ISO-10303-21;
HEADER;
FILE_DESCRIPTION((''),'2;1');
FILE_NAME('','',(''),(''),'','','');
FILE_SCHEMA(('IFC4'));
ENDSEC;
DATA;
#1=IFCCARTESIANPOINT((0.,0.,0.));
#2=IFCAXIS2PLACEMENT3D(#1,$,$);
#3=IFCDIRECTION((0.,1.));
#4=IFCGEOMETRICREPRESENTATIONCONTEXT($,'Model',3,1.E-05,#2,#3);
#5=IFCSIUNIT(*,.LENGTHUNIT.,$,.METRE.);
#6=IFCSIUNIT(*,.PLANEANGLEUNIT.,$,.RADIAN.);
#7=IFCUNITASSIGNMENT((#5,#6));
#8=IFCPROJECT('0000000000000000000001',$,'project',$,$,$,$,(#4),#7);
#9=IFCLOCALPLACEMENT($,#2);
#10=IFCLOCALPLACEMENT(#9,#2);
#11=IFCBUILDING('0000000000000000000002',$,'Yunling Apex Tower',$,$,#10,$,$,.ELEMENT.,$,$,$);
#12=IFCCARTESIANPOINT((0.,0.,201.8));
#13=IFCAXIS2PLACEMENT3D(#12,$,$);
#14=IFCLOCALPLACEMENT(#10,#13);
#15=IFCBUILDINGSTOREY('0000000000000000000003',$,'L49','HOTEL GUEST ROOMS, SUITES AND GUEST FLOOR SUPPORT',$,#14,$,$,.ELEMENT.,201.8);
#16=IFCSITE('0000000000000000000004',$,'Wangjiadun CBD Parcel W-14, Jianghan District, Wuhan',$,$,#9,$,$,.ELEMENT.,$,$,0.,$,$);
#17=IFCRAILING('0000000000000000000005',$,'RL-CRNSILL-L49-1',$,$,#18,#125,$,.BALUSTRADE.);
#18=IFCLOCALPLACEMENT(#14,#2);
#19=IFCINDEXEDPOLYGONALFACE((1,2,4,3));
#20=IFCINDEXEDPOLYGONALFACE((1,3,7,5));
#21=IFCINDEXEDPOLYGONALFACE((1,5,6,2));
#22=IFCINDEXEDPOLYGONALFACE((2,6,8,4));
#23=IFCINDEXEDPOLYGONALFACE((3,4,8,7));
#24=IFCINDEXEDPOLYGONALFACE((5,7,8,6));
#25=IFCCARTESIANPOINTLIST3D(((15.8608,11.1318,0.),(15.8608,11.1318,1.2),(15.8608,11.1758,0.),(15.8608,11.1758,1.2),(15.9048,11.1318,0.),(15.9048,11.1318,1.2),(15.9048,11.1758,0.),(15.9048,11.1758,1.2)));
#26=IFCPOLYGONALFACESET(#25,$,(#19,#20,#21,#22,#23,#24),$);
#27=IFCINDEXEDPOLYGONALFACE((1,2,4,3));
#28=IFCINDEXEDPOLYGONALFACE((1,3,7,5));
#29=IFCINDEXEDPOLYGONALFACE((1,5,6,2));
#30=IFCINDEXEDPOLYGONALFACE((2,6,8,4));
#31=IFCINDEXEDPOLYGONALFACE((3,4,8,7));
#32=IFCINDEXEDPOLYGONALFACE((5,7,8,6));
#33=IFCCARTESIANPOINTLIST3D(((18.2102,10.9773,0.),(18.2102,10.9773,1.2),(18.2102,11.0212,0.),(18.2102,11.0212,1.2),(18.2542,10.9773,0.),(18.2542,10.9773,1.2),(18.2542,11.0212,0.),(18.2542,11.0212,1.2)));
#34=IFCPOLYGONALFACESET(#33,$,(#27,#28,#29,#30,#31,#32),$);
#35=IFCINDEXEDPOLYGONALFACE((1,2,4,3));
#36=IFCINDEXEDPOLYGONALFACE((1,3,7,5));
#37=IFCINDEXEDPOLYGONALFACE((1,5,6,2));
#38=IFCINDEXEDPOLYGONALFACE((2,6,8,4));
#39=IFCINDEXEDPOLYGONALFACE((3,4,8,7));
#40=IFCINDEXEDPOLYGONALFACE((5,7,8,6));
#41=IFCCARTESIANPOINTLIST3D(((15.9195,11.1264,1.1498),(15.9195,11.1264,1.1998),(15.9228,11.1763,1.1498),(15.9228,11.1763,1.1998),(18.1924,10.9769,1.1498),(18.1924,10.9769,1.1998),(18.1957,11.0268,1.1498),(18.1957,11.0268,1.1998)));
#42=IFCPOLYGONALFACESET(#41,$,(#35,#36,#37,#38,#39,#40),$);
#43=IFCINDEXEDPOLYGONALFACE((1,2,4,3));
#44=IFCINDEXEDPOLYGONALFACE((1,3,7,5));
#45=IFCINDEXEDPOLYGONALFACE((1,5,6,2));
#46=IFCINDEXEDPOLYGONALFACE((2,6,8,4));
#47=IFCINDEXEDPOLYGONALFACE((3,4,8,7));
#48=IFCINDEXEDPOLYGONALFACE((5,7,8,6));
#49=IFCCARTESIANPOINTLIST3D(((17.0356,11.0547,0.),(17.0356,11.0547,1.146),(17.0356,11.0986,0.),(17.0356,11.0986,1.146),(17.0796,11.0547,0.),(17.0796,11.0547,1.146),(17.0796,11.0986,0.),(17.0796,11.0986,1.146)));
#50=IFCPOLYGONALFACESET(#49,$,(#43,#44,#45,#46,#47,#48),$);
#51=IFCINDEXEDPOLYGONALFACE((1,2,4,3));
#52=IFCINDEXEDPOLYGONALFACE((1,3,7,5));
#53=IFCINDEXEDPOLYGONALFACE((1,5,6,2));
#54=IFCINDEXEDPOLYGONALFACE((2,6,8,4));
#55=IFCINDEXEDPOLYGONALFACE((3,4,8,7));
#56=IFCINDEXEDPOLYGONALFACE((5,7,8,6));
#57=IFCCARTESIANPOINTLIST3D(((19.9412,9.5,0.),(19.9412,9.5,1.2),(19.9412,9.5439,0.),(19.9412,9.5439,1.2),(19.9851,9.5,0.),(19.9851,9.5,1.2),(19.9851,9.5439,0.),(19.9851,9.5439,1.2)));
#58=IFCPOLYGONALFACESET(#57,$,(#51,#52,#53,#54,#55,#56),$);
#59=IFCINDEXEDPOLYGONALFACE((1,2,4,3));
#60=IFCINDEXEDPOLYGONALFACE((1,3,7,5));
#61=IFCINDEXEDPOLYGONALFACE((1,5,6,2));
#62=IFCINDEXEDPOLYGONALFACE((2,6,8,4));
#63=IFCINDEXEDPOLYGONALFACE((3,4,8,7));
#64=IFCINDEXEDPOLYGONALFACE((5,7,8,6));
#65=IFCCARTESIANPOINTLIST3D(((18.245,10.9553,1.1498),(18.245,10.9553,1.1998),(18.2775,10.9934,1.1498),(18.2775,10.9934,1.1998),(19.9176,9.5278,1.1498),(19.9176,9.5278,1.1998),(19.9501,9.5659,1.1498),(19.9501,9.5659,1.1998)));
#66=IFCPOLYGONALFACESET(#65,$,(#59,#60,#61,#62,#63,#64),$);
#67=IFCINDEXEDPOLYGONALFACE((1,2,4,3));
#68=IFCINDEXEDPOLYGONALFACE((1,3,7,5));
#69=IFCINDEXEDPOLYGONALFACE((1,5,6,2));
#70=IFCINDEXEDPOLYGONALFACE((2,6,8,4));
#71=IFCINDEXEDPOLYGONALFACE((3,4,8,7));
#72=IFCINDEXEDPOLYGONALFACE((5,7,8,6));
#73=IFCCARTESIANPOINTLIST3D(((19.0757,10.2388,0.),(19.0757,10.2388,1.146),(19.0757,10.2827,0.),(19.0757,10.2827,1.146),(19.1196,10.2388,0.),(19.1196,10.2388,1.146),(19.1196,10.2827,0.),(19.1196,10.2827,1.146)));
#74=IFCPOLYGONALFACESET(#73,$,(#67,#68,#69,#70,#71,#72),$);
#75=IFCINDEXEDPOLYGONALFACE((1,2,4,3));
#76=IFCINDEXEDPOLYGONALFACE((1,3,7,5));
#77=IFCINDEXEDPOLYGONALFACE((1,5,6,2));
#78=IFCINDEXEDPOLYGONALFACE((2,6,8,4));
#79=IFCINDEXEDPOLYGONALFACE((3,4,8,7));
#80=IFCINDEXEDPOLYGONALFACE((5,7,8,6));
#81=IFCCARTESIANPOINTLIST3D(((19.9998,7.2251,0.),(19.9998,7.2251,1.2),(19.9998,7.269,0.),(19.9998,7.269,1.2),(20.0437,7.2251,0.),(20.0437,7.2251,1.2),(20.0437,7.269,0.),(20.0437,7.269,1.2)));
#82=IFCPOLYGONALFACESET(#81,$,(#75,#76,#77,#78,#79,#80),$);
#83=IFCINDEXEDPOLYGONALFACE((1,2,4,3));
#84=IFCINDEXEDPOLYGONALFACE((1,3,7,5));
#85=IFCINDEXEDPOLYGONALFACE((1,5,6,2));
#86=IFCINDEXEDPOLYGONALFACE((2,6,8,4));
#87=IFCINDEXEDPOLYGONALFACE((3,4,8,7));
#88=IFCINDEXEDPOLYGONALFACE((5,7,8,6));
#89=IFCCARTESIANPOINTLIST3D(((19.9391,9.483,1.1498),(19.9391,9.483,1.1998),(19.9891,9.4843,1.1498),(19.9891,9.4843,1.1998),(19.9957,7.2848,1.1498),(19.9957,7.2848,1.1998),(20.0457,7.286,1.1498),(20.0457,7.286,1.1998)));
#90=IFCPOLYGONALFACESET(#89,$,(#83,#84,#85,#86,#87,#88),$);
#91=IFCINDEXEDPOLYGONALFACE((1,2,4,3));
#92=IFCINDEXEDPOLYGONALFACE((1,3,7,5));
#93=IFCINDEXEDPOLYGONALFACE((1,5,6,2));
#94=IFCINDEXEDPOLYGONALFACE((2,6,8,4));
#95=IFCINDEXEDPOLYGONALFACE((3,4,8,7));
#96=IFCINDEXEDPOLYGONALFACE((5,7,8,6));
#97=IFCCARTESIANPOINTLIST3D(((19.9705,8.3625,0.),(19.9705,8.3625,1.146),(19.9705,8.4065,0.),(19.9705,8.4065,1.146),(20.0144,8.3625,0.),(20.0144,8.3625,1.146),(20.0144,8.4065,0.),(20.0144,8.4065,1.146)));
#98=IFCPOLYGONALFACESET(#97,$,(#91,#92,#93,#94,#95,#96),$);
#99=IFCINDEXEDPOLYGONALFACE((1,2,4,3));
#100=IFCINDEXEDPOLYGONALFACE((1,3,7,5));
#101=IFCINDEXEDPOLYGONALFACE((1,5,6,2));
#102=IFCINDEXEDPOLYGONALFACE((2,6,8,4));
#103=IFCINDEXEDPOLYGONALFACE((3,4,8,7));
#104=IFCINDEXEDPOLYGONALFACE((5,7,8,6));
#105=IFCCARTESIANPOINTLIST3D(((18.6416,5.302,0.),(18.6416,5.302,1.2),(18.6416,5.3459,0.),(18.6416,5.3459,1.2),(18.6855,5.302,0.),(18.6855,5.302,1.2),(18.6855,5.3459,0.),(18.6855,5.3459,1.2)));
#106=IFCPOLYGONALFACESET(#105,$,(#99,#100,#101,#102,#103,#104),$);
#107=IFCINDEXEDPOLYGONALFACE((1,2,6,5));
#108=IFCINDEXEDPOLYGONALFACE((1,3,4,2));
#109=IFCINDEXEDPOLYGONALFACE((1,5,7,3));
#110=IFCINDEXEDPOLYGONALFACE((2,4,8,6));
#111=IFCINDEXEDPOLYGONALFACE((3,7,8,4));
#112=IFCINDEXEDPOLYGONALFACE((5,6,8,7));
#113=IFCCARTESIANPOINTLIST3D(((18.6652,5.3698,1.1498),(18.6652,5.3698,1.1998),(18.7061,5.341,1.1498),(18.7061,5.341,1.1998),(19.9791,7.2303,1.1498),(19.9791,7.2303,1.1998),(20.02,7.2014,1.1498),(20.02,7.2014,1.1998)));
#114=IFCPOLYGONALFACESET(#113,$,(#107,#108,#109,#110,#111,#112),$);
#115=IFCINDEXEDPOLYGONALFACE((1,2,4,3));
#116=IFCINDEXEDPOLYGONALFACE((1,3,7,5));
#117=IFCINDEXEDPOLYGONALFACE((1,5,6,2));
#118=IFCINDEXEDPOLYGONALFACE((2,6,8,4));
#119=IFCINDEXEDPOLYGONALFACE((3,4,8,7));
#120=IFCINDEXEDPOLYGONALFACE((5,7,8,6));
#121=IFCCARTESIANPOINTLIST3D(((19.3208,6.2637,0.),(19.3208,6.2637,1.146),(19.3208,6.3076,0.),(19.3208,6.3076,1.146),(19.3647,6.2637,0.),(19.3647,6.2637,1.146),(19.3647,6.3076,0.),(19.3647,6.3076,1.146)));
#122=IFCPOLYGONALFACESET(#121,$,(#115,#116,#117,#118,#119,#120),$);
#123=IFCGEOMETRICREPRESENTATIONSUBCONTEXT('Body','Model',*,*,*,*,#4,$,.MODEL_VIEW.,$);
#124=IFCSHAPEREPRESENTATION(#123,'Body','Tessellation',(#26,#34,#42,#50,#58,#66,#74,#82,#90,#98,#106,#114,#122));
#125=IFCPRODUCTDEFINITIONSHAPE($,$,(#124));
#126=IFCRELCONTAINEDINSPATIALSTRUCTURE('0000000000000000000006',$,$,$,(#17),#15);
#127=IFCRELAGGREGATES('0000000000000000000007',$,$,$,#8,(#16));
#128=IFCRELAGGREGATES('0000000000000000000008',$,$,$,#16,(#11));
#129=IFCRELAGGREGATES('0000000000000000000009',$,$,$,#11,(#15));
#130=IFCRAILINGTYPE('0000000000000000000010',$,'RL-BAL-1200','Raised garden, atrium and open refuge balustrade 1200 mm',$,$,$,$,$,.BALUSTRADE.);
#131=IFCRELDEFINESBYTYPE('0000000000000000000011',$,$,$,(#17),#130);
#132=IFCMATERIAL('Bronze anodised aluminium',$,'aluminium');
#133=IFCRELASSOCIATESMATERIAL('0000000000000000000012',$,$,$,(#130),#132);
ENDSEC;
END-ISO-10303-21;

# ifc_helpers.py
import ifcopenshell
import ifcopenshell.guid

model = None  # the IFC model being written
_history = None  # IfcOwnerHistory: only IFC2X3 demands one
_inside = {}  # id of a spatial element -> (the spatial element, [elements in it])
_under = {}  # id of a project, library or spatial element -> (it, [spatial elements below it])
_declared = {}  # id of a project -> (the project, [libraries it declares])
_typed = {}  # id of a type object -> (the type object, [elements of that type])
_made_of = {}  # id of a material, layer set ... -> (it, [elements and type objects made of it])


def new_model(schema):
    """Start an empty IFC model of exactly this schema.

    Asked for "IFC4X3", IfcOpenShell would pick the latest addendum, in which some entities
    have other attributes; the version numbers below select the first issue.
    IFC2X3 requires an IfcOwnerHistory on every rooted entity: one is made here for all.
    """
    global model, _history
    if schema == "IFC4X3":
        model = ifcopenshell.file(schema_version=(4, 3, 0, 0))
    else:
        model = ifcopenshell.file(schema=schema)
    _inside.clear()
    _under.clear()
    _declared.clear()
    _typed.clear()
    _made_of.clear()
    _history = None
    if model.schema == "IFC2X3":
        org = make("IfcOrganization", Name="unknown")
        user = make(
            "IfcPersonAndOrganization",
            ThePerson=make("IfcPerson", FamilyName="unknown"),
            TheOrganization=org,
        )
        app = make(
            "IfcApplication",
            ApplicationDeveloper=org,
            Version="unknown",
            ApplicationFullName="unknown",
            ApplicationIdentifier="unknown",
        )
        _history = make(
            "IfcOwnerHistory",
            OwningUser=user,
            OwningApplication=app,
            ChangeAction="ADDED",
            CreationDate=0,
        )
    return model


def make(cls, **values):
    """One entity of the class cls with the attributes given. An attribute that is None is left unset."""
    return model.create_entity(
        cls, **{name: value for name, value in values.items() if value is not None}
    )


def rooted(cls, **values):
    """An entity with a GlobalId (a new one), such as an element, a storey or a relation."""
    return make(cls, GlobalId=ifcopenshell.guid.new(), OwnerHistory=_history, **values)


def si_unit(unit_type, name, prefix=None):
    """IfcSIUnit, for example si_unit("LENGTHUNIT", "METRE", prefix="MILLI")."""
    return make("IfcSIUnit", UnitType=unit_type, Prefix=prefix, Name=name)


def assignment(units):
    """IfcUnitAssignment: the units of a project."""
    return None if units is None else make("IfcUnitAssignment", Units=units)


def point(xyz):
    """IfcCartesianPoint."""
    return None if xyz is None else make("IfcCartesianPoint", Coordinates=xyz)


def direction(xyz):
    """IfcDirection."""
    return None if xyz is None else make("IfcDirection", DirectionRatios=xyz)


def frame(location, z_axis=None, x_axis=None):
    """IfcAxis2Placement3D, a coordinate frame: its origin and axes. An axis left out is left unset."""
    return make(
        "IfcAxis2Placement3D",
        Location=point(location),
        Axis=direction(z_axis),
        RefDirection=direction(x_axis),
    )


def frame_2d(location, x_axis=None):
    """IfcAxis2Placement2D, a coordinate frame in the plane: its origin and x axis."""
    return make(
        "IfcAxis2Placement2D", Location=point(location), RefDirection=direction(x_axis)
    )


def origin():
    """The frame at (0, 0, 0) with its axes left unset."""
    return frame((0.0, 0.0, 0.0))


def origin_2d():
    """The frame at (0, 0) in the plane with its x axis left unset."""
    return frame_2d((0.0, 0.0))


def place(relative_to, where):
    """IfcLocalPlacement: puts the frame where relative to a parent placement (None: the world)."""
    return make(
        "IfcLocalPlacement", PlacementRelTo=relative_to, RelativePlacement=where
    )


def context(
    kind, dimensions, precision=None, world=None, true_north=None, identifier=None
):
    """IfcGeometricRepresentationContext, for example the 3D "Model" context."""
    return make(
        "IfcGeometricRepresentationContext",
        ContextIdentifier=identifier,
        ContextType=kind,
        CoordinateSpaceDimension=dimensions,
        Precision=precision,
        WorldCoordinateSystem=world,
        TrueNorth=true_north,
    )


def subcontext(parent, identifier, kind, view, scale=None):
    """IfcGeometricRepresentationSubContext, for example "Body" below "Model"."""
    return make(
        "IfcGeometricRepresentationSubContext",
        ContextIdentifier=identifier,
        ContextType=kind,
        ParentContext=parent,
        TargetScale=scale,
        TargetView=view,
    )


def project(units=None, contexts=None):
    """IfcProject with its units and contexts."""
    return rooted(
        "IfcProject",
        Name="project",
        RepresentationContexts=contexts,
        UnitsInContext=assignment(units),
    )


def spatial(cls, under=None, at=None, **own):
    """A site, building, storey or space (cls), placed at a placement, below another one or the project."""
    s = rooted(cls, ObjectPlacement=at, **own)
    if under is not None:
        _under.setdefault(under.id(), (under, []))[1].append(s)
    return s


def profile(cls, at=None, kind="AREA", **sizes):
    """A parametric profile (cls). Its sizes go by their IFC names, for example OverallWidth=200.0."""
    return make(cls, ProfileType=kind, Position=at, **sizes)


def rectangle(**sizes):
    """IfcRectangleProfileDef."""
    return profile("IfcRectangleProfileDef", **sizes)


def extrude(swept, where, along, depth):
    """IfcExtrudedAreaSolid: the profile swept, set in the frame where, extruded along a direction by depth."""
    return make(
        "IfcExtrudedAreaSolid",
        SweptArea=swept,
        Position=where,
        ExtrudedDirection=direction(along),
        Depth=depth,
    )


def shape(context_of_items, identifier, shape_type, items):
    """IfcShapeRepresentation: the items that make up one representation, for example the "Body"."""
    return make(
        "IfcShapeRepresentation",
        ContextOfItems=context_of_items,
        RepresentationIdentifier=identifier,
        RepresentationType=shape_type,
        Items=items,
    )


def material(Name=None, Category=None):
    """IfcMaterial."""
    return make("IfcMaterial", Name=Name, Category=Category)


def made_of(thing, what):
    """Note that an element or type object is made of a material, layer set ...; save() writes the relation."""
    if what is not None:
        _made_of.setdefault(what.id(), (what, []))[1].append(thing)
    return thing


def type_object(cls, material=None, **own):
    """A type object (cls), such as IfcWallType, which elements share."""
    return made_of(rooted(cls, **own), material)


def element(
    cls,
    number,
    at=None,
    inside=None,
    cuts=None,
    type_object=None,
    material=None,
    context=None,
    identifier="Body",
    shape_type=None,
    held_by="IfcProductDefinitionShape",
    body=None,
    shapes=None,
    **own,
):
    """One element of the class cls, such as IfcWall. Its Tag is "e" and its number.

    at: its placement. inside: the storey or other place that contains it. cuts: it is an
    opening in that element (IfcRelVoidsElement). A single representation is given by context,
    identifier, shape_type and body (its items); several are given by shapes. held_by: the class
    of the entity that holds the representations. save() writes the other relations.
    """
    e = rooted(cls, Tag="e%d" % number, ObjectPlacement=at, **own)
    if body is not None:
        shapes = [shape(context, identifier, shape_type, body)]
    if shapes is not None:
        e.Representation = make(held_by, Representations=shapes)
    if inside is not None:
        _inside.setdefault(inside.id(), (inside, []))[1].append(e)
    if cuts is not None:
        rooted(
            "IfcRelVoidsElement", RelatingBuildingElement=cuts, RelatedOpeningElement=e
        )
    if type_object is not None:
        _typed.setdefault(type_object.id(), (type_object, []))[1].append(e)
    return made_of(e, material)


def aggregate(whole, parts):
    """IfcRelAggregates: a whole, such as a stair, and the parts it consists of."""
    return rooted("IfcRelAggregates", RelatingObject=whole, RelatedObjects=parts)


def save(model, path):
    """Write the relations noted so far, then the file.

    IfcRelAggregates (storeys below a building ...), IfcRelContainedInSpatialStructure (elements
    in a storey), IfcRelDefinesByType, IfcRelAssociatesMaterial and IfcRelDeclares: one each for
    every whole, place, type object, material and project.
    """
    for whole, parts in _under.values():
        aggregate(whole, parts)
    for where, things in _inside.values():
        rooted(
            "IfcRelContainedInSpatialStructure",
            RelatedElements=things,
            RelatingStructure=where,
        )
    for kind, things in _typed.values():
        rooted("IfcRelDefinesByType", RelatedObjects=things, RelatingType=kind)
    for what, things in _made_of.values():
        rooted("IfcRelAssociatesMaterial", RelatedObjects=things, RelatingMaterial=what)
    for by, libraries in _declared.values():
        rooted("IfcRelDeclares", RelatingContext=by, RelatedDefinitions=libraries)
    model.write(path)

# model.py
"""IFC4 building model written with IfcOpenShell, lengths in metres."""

from ifc_helpers import new_model, si_unit, direction, frame, origin, origin_2d, place, context, subcontext, project, spatial, rectangle, extrude, material, type_object, element, save


model = new_model("IFC4")

# Units and contexts
model_context = context("Model", 3, precision=1e-05, world=origin(), true_north=direction((0.0, 1.0)))
body_context = subcontext(model_context, "Body", "Model", "MODEL_VIEW")
ifc_project = project(units=[si_unit("LENGTHUNIT", "METRE"), si_unit("PLANEANGLEUNIT", "RADIAN")], contexts=[model_context])

# Site, building, storey
site_placement = place(None, origin())
site = spatial("IfcSite", under=ifc_project, at=site_placement, Name="Wangjiadun CBD Parcel W-14, Jianghan District, Wuhan", CompositionType="ELEMENT", RefElevation=0.0)
building_placement = place(site_placement, origin())
building = spatial("IfcBuilding", under=site, at=building_placement, Name="Yunling Apex Tower", CompositionType="ELEMENT")
storey_placement = place(building_placement, frame((0.0, 0.0, 201.8)))
storey = spatial("IfcBuildingStorey", under=building, at=storey_placement, Name="L49", Description="HOTEL GUEST ROOMS, SUITES AND GUEST FLOOR SUPPORT", CompositionType="ELEMENT", Elevation=201.8)

# Shared definitions
ifc_material_1 = material(Name="Bronze anodised aluminium", Category="aluminium")

# Railing
railing_type = type_object("IfcRailingType", Name="RL-BAL-1200", Description="Raised garden, atrium and open refuge balustrade 1200 mm", PredefinedType="BALUSTRADE", material=ifc_material_1)
railing_1_placement = place(storey_placement, frame((15.8828, 11.1538, 0.0)))
element("IfcRailing", 1, at=railing_1_placement, inside=storey, type_object=railing_type, Name="RL-CRNSILL-L49-1", PredefinedType="BALUSTRADE", context=body_context, shape_type="SweptSolid", body=[
    extrude(rectangle(XDim=0.0439, YDim=0.0439, at=origin_2d()), origin(), (0.0, 0.0, 1.0), 1.2),
    extrude(rectangle(XDim=0.0439, YDim=0.0439, at=origin_2d()), frame((2.3494, -0.1545, 0.0)), (0.0, 0.0, 1.0), 1.2),
    extrude(rectangle(XDim=0.05, YDim=0.05, at=origin_2d()), frame((0.0383, -0.0024, 1.1748), z_axis=(0.997843, -0.065638, 0.0), x_axis=(0.065638, 0.997843, 0.0)), (0.0, 0.0, 1.0), 2.2778),
    extrude(rectangle(XDim=0.0439, YDim=0.0439, at=origin_2d()), frame((1.1748, -0.0771, 0.0)), (0.0, 0.0, 1.0), 1.146),
    extrude(rectangle(XDim=0.0439, YDim=0.0439, at=origin_2d()), frame((4.0803, -1.6318, 0.0)), (0.0, 0.0, 1.0), 1.2),
    extrude(rectangle(XDim=0.05, YDim=0.05, at=origin_2d()), frame((2.3784, -0.1794, 1.1748), z_axis=(0.760641, -0.649173, 0.0), x_axis=(0.649173, 0.760641, 0.0)), (0.0, 0.0, 1.0), 2.199),
    extrude(rectangle(XDim=0.0439, YDim=0.0439, at=origin_2d()), frame((3.2148, -0.8931, 0.0)), (0.0, 0.0, 1.0), 1.146),
    extrude(rectangle(XDim=0.0439, YDim=0.0439, at=origin_2d()), frame((4.1389, -3.9067, 0.0)), (0.0, 0.0, 1.0), 1.2),
    extrude(rectangle(XDim=0.05, YDim=0.05, at=origin_2d()), frame((4.0813, -1.6702, 1.1748), z_axis=(0.025748, -0.999668, 0.0), x_axis=(0.999668, 0.025748, 0.0)), (0.0, 0.0, 1.0), 2.199),
    extrude(rectangle(XDim=0.0439, YDim=0.0439, at=origin_2d()), frame((4.1096, -2.7693, 0.0)), (0.0, 0.0, 1.0), 1.146),
    extrude(rectangle(XDim=0.0439, YDim=0.0439, at=origin_2d()), frame((2.7808, -5.8298, 0.0)), (0.0, 0.0, 1.0), 1.2),
    extrude(rectangle(XDim=0.05, YDim=0.05, at=origin_2d()), frame((4.1167, -3.938, 1.1748), z_axis=(-0.576875, -0.816833, 0.0), x_axis=(0.816833, -0.576875, 0.0)), (0.0, 0.0, 1.0), 2.2776),
    extrude(rectangle(XDim=0.0439, YDim=0.0439, at=origin_2d()), frame((3.46, -4.8682, 0.0)), (0.0, 0.0, 1.0), 1.146),
])

save(model, "model.ifc")
